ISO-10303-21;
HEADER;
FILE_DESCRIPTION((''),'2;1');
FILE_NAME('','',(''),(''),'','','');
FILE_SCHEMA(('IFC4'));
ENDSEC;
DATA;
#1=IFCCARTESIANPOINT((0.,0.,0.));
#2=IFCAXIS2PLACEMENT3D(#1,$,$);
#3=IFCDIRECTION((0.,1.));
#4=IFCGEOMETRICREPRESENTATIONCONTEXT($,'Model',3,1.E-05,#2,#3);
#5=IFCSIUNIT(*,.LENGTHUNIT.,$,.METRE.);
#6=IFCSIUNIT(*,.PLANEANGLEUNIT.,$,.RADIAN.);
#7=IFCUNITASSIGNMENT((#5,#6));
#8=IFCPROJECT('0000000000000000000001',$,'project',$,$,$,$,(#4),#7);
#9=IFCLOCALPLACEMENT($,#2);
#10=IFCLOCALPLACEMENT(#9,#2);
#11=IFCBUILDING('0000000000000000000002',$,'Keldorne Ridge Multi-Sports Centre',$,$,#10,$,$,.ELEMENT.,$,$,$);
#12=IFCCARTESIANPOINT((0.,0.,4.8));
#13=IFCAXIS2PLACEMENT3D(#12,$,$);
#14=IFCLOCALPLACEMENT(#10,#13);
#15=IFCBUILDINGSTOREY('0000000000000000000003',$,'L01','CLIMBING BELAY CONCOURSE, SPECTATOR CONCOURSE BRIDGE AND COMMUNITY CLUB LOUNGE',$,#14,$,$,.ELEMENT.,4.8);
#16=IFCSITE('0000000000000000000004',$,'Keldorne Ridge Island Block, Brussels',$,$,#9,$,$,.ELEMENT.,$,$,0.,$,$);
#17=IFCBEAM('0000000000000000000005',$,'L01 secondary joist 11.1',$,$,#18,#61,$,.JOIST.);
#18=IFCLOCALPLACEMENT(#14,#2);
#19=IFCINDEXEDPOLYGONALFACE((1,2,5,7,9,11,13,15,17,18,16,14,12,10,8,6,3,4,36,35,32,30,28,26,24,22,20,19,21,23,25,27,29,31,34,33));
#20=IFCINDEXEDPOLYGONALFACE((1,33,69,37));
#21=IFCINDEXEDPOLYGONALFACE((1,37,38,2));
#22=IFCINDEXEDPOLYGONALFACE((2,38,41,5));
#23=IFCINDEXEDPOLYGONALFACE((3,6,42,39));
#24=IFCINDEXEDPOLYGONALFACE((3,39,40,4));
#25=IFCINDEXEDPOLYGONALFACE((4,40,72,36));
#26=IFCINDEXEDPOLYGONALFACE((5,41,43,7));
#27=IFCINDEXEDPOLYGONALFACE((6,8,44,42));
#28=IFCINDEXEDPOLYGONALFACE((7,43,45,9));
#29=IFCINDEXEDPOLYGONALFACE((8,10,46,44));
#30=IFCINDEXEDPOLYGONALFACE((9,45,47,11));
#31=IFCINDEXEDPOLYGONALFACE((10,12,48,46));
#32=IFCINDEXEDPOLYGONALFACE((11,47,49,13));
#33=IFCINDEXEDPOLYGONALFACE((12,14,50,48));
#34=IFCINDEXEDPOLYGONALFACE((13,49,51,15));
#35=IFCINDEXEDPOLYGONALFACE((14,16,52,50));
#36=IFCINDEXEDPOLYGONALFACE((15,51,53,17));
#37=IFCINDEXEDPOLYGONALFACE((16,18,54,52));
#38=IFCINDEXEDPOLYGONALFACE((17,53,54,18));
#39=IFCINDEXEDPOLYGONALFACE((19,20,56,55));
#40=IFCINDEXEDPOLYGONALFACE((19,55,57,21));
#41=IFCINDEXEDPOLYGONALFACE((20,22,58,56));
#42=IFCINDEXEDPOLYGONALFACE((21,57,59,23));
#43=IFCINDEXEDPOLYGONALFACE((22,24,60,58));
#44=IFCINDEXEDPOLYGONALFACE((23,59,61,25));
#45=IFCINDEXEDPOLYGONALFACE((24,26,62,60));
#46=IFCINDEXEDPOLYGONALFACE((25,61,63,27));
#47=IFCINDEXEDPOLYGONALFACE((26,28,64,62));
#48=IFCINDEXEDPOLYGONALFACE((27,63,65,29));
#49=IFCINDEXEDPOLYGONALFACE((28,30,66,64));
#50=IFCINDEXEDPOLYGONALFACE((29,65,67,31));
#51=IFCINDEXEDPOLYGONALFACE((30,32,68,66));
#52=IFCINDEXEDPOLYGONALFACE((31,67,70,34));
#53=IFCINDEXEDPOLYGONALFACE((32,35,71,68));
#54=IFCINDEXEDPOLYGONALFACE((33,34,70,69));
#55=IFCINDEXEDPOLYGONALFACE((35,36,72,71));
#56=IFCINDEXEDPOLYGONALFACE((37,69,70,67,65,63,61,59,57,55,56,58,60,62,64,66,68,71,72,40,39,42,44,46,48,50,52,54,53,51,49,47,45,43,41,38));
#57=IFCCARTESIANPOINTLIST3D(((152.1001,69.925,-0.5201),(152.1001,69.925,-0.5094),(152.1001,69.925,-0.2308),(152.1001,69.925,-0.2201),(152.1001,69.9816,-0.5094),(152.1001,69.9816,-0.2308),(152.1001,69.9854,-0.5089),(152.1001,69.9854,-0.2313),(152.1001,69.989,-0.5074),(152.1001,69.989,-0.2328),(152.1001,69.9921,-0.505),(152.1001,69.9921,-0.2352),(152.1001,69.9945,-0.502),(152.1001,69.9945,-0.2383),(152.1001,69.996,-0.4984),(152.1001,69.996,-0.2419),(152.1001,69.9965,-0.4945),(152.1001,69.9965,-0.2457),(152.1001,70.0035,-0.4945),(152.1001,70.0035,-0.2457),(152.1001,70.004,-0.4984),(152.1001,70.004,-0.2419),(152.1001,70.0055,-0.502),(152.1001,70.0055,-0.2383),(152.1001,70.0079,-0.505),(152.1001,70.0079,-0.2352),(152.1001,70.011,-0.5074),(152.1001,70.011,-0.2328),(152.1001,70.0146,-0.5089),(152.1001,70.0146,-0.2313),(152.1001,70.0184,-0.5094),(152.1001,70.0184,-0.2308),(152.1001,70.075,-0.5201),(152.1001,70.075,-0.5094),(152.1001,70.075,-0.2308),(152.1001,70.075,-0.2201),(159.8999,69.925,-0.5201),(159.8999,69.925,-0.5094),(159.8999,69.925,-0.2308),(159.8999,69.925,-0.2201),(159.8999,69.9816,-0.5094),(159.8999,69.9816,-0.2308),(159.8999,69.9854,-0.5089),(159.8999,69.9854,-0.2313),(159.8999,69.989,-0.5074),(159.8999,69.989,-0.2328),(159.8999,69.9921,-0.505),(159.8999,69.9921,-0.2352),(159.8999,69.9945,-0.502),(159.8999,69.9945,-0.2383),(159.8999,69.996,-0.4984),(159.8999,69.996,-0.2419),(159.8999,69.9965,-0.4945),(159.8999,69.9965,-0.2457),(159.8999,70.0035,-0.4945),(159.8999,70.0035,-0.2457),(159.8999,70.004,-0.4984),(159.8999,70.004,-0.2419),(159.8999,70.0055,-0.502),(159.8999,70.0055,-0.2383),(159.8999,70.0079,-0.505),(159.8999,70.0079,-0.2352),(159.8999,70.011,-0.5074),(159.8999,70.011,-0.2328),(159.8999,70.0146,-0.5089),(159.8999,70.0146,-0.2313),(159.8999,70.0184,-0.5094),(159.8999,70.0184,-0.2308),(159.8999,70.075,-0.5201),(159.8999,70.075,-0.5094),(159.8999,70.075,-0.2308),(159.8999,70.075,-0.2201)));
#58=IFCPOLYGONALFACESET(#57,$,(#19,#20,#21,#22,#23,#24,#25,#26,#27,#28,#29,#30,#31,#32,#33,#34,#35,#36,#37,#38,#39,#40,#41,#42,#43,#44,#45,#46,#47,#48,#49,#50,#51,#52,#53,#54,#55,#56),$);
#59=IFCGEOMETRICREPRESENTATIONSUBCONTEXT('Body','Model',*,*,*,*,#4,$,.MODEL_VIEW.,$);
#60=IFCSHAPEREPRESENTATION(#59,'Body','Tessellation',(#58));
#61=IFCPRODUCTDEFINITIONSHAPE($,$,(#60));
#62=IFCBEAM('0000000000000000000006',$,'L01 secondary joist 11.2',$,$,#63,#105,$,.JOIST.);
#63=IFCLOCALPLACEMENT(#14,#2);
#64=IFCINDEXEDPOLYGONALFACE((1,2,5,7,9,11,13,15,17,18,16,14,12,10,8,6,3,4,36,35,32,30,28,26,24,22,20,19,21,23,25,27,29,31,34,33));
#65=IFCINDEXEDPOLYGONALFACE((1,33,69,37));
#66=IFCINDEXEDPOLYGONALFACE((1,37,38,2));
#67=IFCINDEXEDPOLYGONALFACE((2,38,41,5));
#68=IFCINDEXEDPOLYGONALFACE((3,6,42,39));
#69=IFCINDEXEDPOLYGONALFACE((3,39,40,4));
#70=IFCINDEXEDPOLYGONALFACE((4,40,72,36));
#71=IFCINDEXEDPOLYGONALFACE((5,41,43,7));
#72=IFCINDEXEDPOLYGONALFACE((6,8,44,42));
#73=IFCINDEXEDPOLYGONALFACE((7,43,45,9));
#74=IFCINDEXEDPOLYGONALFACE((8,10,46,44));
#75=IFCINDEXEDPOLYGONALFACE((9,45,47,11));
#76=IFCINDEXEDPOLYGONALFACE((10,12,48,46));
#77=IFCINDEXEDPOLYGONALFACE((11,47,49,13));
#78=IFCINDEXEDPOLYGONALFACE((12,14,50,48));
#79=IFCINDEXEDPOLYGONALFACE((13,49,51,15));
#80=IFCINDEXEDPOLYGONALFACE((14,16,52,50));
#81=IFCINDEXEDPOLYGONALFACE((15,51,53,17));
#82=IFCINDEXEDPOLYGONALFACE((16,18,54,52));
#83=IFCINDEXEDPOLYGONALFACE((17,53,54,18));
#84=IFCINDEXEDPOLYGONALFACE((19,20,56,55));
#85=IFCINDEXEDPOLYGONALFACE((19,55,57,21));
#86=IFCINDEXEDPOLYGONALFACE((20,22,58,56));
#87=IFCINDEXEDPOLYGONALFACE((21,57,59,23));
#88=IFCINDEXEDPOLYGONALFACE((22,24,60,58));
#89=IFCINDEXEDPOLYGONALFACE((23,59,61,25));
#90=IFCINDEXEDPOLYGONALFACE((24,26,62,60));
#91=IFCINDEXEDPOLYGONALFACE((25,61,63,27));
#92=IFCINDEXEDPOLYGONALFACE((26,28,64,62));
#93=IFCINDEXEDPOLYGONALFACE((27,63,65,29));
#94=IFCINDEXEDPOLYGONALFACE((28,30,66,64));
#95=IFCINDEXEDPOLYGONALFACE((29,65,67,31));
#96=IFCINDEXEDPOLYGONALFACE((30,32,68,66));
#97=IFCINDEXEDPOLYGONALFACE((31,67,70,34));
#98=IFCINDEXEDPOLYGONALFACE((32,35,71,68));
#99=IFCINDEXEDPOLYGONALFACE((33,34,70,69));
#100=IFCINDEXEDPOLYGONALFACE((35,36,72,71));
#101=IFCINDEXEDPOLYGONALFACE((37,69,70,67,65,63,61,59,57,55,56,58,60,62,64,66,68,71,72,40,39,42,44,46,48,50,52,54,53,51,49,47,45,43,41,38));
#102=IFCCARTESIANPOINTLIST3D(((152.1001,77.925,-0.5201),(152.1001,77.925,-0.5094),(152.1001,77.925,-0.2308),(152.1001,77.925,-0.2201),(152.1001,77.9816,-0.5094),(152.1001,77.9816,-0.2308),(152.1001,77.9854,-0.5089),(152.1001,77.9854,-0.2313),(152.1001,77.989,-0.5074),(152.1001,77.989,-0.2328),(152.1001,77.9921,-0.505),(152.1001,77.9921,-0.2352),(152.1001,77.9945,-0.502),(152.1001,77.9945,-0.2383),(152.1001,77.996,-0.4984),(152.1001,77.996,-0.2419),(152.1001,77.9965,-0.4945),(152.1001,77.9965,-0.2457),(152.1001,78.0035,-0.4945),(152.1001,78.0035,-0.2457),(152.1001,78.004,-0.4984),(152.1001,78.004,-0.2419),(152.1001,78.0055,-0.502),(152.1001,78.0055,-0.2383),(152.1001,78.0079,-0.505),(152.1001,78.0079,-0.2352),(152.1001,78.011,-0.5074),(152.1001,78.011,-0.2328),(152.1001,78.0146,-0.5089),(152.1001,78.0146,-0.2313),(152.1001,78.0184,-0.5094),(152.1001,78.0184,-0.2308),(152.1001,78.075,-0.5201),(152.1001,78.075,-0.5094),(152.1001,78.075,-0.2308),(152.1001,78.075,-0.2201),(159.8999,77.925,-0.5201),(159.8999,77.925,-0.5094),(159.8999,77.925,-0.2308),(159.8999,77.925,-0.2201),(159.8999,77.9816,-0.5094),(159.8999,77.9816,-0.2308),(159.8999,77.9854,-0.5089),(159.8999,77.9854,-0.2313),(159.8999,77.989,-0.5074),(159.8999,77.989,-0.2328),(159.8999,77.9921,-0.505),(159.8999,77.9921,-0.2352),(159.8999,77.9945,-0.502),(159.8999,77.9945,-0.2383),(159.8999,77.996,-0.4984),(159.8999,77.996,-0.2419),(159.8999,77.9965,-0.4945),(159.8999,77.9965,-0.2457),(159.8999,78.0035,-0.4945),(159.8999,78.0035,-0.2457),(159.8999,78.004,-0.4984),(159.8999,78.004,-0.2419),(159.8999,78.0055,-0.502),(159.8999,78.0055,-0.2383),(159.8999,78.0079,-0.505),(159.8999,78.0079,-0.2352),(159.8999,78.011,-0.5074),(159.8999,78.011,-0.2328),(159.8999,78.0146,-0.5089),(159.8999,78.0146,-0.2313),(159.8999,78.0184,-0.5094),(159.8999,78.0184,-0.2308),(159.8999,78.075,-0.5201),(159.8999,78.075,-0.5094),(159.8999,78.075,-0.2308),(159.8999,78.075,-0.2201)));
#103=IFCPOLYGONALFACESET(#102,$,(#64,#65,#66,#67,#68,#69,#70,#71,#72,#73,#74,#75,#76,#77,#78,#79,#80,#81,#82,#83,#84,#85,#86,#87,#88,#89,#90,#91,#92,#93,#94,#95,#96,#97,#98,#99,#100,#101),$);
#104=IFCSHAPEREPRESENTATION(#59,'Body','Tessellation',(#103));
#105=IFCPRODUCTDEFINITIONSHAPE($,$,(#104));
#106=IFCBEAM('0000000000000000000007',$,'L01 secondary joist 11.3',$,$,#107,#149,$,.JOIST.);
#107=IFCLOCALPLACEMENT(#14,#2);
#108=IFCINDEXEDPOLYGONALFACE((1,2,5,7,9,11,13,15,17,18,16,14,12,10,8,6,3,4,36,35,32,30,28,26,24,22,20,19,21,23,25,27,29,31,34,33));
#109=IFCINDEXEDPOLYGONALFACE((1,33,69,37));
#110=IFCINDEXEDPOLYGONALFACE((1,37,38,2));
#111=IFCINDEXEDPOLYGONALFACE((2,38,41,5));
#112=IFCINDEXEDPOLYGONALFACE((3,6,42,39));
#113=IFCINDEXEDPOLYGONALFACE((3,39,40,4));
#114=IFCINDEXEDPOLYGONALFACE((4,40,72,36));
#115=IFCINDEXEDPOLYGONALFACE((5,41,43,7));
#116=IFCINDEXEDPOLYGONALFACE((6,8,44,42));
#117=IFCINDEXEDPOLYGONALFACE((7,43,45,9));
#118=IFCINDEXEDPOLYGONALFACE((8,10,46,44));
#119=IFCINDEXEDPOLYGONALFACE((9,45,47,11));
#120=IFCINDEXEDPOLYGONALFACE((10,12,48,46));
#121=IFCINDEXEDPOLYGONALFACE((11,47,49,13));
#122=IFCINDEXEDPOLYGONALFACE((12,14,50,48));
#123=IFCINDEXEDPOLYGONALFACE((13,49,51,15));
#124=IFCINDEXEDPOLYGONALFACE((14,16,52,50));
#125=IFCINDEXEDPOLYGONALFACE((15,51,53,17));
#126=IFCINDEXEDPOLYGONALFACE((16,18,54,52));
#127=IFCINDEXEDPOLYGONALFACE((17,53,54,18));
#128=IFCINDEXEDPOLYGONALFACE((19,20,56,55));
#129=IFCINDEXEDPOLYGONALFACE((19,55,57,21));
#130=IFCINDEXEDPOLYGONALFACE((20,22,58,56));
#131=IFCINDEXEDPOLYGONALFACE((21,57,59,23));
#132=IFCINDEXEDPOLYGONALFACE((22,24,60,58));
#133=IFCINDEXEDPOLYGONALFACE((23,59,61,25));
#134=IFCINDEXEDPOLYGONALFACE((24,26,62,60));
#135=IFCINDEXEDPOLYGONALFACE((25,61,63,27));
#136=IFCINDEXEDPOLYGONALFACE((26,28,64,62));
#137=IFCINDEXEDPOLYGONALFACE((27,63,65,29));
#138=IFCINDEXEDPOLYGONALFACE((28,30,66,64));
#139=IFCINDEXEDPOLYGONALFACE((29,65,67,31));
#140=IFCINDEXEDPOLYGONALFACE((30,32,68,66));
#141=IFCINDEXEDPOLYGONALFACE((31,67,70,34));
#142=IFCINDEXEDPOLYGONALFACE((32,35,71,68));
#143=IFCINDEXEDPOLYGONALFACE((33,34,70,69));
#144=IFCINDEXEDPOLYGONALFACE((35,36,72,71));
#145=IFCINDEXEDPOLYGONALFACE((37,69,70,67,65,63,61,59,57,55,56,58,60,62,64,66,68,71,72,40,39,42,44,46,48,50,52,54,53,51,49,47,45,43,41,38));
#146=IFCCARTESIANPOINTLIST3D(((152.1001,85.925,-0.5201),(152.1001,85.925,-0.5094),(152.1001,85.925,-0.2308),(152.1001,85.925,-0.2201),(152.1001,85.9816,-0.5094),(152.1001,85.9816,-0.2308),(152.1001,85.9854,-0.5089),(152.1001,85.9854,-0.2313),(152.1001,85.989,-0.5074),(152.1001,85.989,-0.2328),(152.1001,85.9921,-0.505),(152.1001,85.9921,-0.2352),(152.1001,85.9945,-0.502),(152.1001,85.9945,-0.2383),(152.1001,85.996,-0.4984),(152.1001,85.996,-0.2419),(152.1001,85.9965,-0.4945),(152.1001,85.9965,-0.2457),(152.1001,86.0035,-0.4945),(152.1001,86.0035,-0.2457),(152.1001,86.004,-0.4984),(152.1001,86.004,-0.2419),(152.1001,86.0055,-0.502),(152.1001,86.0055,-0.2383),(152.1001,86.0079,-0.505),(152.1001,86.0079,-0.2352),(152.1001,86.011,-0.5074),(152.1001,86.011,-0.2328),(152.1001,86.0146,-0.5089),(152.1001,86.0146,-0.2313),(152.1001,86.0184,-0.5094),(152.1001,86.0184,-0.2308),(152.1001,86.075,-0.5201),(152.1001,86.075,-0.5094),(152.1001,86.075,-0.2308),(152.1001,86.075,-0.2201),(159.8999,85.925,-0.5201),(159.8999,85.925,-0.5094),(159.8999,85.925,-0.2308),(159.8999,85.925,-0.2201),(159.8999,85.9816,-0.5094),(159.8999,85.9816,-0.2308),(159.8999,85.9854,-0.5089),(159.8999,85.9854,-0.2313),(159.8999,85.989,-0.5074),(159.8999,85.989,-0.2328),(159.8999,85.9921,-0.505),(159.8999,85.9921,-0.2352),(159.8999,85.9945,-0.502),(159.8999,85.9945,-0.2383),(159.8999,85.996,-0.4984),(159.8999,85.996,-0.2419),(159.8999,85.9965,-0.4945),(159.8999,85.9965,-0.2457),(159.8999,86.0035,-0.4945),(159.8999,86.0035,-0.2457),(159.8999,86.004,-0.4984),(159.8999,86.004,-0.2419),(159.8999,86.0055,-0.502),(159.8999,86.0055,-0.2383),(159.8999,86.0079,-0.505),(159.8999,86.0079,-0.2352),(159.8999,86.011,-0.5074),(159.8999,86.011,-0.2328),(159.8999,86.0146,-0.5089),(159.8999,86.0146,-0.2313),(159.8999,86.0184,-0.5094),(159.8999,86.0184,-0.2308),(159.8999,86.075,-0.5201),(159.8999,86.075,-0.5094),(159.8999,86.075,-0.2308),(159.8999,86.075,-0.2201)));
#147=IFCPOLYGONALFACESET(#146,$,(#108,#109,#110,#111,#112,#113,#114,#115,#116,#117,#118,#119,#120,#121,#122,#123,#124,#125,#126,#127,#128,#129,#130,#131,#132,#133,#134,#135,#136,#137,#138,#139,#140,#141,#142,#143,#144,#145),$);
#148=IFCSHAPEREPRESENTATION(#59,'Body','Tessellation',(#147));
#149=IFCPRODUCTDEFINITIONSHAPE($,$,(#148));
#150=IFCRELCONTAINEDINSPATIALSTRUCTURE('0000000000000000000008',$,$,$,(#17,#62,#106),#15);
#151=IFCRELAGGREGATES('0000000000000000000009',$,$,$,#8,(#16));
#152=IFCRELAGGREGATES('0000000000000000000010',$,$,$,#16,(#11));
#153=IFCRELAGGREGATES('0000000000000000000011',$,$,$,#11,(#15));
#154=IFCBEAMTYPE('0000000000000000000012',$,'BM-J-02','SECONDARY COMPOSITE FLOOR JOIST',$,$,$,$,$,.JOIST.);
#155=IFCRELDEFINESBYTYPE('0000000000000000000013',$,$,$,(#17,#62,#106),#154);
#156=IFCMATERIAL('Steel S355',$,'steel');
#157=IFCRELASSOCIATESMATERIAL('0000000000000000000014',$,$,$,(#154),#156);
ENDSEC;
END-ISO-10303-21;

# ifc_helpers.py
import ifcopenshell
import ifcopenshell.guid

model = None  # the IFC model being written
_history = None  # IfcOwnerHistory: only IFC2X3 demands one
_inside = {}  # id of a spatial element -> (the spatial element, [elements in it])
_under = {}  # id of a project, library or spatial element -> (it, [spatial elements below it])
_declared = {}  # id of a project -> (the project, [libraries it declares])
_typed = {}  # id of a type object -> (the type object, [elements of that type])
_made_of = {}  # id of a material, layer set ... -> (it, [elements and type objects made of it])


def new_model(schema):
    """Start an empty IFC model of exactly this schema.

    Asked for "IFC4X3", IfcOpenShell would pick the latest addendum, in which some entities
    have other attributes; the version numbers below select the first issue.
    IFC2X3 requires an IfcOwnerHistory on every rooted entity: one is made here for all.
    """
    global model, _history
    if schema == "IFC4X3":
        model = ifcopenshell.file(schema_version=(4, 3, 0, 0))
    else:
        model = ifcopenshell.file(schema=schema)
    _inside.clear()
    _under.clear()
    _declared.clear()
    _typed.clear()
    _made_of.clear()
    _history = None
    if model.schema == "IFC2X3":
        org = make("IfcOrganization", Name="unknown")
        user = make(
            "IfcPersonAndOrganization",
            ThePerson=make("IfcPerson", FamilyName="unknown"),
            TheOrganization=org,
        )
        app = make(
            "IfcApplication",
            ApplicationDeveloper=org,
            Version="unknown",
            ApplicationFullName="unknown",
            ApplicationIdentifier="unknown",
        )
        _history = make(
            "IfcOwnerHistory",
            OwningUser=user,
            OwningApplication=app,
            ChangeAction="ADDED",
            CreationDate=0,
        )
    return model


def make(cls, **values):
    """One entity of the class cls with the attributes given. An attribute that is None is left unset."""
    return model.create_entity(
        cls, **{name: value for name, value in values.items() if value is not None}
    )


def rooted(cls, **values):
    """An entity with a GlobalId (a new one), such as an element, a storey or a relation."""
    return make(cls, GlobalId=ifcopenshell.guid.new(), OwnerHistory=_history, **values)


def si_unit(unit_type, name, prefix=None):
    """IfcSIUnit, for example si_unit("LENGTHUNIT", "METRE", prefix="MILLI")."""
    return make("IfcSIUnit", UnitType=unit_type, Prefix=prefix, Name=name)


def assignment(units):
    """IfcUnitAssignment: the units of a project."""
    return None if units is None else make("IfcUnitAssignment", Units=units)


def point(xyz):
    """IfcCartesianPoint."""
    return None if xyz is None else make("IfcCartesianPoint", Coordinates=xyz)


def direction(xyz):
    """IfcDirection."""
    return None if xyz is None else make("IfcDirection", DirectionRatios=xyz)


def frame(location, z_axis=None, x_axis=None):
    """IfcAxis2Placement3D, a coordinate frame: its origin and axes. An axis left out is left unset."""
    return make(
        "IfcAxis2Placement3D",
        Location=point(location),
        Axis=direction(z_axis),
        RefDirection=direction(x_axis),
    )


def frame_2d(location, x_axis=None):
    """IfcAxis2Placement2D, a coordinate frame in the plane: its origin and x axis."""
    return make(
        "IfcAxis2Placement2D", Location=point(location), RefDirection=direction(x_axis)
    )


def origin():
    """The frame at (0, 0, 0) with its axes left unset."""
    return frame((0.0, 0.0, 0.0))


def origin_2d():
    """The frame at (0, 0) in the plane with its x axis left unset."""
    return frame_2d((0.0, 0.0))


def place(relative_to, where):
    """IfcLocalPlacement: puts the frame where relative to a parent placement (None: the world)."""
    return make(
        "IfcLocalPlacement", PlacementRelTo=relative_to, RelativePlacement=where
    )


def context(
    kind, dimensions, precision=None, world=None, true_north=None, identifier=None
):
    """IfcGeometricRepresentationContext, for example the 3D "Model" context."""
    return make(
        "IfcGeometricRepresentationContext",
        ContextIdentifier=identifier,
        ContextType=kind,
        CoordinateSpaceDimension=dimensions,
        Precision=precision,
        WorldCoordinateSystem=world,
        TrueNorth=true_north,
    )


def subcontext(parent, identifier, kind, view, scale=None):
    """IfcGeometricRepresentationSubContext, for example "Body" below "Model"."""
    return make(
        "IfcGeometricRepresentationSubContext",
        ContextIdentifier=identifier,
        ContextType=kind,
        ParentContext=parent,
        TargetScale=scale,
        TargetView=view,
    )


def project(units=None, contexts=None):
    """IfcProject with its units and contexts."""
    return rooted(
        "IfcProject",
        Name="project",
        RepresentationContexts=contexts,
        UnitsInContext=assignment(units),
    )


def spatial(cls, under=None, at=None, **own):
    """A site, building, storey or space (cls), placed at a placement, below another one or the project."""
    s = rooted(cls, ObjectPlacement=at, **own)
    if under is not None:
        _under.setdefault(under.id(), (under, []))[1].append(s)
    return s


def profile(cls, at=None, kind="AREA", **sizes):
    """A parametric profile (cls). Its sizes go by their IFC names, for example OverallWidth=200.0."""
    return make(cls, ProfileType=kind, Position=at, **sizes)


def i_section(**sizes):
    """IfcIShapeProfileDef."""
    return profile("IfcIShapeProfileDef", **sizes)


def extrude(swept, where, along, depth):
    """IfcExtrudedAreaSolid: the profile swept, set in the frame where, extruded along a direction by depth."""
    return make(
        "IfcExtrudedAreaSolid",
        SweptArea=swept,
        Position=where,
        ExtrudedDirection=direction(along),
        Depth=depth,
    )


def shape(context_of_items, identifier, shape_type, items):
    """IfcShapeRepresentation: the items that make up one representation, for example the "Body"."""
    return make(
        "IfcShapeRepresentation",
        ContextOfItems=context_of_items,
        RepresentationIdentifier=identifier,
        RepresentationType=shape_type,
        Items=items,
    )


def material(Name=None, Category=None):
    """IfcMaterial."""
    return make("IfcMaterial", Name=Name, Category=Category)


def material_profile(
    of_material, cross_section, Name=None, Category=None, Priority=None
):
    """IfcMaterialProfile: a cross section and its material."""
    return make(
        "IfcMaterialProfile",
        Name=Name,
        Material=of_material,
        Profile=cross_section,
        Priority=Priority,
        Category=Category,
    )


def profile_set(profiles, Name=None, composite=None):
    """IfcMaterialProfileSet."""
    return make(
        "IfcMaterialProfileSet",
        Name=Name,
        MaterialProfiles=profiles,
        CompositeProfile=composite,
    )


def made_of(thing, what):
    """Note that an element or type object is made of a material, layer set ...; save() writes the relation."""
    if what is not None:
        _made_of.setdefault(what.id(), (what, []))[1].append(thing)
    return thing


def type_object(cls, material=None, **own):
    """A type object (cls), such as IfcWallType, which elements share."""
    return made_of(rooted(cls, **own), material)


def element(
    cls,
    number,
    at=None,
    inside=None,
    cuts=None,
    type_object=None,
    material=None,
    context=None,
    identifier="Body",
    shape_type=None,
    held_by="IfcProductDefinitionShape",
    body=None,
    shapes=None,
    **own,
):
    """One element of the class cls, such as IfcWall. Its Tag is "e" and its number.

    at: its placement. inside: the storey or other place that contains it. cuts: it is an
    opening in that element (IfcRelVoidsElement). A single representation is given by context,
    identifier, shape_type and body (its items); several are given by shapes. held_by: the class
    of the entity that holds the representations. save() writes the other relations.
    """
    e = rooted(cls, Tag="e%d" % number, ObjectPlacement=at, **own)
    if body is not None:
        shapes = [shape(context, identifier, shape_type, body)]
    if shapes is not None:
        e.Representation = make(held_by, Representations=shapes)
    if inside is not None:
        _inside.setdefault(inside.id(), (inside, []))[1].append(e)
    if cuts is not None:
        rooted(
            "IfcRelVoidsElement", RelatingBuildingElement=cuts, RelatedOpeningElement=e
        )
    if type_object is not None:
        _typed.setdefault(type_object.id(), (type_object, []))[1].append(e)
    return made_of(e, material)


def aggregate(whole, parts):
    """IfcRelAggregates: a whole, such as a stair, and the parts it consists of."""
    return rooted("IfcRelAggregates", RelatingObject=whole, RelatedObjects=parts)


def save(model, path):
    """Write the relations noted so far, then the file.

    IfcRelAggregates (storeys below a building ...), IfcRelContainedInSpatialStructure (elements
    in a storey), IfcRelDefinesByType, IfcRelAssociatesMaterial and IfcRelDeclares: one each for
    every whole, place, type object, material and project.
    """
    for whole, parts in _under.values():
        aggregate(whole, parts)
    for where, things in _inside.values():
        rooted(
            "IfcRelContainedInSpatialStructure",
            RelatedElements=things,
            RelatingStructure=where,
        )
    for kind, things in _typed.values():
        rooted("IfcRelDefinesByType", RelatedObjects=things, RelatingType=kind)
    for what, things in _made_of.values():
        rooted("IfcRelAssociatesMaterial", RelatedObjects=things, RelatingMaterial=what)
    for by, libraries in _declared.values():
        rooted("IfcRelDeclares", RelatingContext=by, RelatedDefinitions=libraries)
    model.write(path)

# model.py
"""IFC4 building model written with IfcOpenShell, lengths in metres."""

from ifc_helpers import new_model, si_unit, direction, frame, origin, origin_2d, place, context, subcontext, project, spatial, i_section, extrude, material, material_profile, profile_set, type_object, element, save


model = new_model("IFC4")

# Units and contexts
model_context = context("Model", 3, precision=1e-05, world=origin(), true_north=direction((0.0, 1.0)))
body_context = subcontext(model_context, "Body", "Model", "MODEL_VIEW")
ifc_project = project(units=[si_unit("LENGTHUNIT", "METRE"), si_unit("PLANEANGLEUNIT", "RADIAN")], contexts=[model_context])

# Site, building, storey
site_placement = place(None, origin())
site = spatial("IfcSite", under=ifc_project, at=site_placement, Name="Keldorne Ridge Island Block, Brussels", CompositionType="ELEMENT", RefElevation=0.0)
building_placement = place(site_placement, origin())
building = spatial("IfcBuilding", under=site, at=building_placement, Name="Keldorne Ridge Multi-Sports Centre", CompositionType="ELEMENT")
storey_placement = place(building_placement, frame((0.0, 0.0, 4.8)))
storey = spatial("IfcBuildingStorey", under=building, at=storey_placement, Name="L01", Description="CLIMBING BELAY CONCOURSE, SPECTATOR CONCOURSE BRIDGE AND COMMUNITY CLUB LOUNGE", CompositionType="ELEMENT", Elevation=4.8)

# Shared definitions
ifc_material_1 = material(Name="Steel S355", Category="steel")

# Beams
ifc_material_profile_1 = material_profile(ifc_material_1, i_section(OverallWidth=0.1499, OverallDepth=0.3, WebThickness=0.0071, FlangeThickness=0.0107, FilletRadius=0.0149, at=origin_2d()), Name="IPE 300")
ifc_profile_set_1 = profile_set([ifc_material_profile_1], Name="Steel S355")
beam_type_1 = type_object("IfcBeamType", Name="BM-J-02", Description="SECONDARY COMPOSITE FLOOR JOIST", PredefinedType="JOIST", material=ifc_profile_set_1)
for number, where, z_axis, x_axis, name in (
    (1, (152.1001, 70.0, -0.3701), (1.0, 0.0, 0.0), (0.0, 1.0, 0.0), "L01 secondary joist 11.1"),
    (2, (152.1001, 78.0, -0.3701), (1.0, 0.0, 0.0), (0.0, 1.0, 0.0), "L01 secondary joist 11.2"),
    (3, (152.1001, 86.0, -0.3701), (1.0, 0.0, 0.0), (0.0, 1.0, 0.0), "L01 secondary joist 11.3"),
):
    element("IfcBeam", number, at=place(storey_placement, frame(where, z_axis=z_axis, x_axis=x_axis)), inside=storey, type_object=beam_type_1, Name=name, PredefinedType="JOIST", context=body_context, shape_type="SweptSolid", body=[
        extrude(i_section(OverallWidth=0.1499, OverallDepth=0.3, WebThickness=0.0071, FlangeThickness=0.0107, FilletRadius=0.0149, at=origin_2d()), origin(), (0.0, 0.0, 1.0), 7.7998),
    ])

save(model, "model.ifc")
